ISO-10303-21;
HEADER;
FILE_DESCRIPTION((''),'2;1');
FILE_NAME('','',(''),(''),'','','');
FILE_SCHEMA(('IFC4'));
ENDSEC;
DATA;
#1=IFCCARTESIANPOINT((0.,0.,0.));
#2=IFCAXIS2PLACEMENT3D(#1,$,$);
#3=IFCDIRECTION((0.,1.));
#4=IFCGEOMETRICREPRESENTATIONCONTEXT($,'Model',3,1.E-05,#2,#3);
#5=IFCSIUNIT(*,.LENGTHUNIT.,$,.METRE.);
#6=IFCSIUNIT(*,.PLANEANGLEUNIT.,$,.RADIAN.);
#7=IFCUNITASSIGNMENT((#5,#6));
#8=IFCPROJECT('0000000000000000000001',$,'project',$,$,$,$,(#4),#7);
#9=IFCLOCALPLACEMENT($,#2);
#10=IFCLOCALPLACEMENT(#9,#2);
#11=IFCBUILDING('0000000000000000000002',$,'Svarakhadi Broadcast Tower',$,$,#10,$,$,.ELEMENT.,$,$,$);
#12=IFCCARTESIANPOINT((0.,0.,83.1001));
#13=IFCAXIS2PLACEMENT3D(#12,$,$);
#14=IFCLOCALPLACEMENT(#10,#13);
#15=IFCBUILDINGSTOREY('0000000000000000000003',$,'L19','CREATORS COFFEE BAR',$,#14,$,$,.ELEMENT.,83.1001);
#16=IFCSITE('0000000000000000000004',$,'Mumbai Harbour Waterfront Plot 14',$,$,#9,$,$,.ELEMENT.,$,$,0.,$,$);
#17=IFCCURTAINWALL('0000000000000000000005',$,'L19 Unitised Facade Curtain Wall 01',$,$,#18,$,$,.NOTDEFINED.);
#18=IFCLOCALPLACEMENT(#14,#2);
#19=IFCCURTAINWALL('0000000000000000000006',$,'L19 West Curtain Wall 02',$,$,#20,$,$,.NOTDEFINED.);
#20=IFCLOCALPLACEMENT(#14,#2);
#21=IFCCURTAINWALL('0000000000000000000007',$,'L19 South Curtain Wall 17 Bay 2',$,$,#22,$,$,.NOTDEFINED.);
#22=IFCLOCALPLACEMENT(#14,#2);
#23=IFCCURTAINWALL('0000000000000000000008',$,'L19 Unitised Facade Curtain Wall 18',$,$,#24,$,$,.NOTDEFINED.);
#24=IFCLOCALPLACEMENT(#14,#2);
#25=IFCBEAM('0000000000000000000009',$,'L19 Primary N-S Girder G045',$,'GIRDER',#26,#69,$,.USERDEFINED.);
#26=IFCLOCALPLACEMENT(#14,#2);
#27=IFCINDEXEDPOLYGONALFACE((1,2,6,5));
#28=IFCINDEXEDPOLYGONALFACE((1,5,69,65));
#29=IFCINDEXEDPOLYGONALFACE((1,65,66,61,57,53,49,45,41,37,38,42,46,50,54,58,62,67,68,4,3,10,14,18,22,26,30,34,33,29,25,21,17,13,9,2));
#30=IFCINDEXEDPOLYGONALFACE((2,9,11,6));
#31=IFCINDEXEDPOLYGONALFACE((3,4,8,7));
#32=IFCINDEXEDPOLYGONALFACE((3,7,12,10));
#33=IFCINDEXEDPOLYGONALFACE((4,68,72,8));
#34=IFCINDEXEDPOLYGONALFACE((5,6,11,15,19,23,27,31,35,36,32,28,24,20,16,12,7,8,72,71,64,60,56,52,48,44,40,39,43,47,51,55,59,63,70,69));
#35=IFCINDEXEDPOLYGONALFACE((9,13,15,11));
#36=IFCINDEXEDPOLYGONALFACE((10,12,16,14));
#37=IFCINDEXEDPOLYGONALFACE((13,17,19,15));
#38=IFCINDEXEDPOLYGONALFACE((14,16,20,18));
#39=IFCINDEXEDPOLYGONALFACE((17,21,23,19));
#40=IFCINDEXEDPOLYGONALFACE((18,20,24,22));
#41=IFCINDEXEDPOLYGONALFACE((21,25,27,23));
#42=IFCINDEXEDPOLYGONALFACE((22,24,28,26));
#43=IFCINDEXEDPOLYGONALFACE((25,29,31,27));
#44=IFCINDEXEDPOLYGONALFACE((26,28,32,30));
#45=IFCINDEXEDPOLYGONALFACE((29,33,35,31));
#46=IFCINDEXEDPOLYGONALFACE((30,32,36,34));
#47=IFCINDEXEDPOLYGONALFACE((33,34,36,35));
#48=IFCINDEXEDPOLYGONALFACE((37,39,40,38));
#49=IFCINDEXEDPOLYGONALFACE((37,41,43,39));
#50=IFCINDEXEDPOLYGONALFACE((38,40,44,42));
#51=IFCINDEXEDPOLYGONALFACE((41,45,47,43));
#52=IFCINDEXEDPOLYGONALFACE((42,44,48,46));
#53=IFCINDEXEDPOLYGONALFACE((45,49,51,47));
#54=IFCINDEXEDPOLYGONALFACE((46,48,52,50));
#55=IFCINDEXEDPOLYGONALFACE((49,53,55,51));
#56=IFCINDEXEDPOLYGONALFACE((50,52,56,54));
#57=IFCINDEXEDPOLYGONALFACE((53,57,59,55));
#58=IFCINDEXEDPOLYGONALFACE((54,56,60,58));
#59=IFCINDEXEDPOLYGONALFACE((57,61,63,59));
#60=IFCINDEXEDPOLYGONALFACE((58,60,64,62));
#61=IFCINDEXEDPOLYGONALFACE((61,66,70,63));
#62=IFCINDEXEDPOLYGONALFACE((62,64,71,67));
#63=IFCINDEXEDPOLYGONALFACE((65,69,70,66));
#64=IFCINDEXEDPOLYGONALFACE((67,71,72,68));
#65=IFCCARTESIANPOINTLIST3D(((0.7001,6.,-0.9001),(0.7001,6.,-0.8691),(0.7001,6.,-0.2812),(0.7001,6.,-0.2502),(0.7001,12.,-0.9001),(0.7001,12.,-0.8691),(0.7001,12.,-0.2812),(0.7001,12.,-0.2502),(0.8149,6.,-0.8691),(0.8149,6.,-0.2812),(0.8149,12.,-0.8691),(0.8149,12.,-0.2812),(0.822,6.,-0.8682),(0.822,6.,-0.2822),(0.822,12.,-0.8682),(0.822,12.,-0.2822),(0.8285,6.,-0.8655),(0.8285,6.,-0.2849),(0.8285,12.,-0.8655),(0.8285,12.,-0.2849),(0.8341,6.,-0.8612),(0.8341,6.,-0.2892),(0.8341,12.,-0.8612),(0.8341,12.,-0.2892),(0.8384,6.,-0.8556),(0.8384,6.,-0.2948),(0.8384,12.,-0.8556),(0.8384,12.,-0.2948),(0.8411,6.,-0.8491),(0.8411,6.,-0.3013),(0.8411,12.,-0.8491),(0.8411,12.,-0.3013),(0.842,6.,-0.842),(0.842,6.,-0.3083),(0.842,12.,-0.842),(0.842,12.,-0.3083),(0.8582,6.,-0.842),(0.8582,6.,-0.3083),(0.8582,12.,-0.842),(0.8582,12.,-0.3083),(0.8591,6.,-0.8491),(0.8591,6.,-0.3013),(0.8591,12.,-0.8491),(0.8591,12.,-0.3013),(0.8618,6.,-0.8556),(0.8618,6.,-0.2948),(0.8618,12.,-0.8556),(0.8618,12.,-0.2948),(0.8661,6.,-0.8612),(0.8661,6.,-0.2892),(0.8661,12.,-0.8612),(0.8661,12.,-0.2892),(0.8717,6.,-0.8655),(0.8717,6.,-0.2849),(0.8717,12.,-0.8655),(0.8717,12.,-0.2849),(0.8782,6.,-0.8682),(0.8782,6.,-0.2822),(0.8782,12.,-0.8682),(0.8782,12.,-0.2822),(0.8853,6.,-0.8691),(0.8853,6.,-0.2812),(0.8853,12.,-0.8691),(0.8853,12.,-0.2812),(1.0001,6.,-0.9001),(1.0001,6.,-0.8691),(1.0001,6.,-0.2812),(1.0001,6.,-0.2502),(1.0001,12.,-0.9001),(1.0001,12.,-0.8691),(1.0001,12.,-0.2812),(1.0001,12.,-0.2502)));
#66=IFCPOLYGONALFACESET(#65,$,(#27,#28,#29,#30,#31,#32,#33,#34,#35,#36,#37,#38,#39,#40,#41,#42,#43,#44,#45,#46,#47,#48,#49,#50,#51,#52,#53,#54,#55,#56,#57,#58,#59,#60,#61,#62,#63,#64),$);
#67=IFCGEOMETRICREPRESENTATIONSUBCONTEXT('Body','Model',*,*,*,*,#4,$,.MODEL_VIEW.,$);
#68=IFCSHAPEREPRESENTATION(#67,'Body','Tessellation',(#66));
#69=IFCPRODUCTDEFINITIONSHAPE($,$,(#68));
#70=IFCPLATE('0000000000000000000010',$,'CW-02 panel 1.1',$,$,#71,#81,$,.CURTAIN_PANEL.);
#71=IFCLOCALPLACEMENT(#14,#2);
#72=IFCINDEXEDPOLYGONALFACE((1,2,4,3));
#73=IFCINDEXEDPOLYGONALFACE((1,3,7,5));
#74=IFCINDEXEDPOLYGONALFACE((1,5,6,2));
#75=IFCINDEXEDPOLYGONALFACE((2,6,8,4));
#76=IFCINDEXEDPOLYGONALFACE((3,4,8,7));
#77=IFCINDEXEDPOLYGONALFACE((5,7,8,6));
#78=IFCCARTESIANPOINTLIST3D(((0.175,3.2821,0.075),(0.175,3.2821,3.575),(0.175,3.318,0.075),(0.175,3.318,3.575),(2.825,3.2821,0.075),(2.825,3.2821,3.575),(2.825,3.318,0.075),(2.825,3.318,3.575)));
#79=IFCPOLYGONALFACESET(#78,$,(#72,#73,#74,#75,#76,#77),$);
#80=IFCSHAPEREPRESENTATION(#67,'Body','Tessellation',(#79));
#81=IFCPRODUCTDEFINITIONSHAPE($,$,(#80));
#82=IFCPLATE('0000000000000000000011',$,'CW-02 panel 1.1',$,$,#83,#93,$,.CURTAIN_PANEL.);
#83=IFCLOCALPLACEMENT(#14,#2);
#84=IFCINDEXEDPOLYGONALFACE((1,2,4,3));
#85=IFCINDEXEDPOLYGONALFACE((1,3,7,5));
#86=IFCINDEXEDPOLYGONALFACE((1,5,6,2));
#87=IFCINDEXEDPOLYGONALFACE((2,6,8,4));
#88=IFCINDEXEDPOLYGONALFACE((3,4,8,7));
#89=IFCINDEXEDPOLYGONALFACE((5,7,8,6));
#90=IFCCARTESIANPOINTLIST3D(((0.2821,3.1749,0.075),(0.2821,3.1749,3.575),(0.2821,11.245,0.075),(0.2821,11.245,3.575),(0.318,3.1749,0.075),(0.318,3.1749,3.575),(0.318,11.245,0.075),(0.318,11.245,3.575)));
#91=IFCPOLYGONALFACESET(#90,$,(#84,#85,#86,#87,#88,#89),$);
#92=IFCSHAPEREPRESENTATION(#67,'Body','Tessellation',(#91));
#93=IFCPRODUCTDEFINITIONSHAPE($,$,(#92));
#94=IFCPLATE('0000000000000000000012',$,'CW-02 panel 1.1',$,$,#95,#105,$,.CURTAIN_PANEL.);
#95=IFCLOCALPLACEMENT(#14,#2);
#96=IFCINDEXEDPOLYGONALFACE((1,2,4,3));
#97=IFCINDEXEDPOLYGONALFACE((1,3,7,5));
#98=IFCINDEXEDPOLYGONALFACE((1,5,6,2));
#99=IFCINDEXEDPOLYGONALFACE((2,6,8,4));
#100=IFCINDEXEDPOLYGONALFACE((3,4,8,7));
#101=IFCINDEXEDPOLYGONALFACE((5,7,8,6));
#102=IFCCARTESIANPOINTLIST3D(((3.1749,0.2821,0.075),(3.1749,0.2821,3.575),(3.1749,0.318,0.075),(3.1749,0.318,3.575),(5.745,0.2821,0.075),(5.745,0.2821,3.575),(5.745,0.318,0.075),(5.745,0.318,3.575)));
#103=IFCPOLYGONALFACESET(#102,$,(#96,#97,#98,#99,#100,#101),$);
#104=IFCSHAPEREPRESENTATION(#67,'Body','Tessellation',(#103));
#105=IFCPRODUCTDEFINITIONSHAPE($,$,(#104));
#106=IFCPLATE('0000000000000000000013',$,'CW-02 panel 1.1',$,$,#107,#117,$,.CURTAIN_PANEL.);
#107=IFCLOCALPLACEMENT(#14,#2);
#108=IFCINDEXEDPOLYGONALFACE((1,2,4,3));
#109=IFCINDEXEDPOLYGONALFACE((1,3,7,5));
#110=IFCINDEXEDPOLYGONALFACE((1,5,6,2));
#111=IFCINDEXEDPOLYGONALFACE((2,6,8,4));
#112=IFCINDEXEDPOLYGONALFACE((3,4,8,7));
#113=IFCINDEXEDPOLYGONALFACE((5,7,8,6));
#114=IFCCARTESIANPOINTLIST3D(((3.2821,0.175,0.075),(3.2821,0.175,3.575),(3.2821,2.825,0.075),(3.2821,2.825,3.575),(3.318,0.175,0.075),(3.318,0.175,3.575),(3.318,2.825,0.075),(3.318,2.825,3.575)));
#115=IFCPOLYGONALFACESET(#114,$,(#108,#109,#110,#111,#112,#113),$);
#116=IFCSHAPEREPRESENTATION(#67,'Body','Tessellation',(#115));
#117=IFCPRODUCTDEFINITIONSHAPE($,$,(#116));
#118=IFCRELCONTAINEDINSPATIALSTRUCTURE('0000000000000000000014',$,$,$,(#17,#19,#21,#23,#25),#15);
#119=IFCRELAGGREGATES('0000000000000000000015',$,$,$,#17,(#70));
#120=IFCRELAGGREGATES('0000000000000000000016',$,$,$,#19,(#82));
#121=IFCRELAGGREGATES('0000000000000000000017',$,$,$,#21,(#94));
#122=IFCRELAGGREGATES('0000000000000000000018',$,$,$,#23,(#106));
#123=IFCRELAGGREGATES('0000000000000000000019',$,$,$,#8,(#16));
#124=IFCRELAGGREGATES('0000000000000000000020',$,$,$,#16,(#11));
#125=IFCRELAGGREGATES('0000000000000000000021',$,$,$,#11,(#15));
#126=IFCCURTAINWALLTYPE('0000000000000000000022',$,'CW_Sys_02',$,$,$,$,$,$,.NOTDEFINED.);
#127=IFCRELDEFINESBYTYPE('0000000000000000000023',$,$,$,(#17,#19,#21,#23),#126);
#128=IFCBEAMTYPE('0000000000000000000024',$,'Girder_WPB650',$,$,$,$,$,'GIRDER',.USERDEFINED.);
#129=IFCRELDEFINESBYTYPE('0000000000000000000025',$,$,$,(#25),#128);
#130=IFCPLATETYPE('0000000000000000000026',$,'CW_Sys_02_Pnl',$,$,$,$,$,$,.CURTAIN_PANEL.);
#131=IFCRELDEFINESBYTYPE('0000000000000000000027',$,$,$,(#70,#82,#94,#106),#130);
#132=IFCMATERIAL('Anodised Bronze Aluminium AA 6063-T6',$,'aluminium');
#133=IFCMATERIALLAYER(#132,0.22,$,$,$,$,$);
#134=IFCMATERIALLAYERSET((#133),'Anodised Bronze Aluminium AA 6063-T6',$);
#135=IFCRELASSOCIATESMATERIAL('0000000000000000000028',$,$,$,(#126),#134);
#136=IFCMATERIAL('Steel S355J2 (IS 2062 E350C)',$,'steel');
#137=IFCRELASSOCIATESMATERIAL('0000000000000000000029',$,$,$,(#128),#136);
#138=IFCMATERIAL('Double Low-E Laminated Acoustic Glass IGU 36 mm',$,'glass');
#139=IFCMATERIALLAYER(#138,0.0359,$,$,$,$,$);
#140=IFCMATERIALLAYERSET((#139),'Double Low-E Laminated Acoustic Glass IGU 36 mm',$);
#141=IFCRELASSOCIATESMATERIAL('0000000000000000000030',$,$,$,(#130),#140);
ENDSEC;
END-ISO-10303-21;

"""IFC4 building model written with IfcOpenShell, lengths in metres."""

from ifc_helpers import new_model, si_unit, direction, frame, origin, origin_2d, place, context, subcontext, project, spatial, rectangle, i_section, extrude, material, layer, layer_set, material_profile, profile_set, type_object, element, aggregate, save


model = new_model("IFC4")

# Units and contexts
model_context = context("Model", 3, precision=1e-05, world=origin(), true_north=direction((0.0, 1.0)))
body_context = subcontext(model_context, "Body", "Model", "MODEL_VIEW")
ifc_project = project(units=[si_unit("LENGTHUNIT", "METRE"), si_unit("PLANEANGLEUNIT", "RADIAN")], contexts=[model_context])

# Site, building, storey
site_placement = place(None, origin())
site = spatial("IfcSite", under=ifc_project, at=site_placement, Name="Mumbai Harbour Waterfront Plot 14", CompositionType="ELEMENT", RefElevation=0.0)
building_placement = place(site_placement, origin())
building = spatial("IfcBuilding", under=site, at=building_placement, Name="Svarakhadi Broadcast Tower", CompositionType="ELEMENT")
storey_placement = place(building_placement, frame((0.0, 0.0, 83.1001)))
storey = spatial("IfcBuildingStorey", under=building, at=storey_placement, Name="L19", Description="CREATORS COFFEE BAR", CompositionType="ELEMENT", Elevation=83.1001)

# Curtain wall
ifc_material_1 = material(Name="Anodised Bronze Aluminium AA 6063-T6", Category="aluminium")
ifc_layer_1 = layer(ifc_material_1, 0.22)
ifc_layer_set_1 = layer_set([ifc_layer_1], Name="Anodised Bronze Aluminium AA 6063-T6")
curtain_wall_type = type_object("IfcCurtainWallType", Name="CW_Sys_02", PredefinedType="NOTDEFINED", material=ifc_layer_set_1)
curtain_wall_1_placement = place(storey_placement, origin())
curtain_wall_1 = element("IfcCurtainWall", 1, at=curtain_wall_1_placement, inside=storey, type_object=curtain_wall_type, Name="L19 Unitised Facade Curtain Wall 01", PredefinedType="NOTDEFINED")

# Curtain wall
curtain_wall_2_placement = place(storey_placement, origin())
curtain_wall_2 = element("IfcCurtainWall", 2, at=curtain_wall_2_placement, inside=storey, type_object=curtain_wall_type, Name="L19 West Curtain Wall 02", PredefinedType="NOTDEFINED")

# Curtain walls
curtain_wall_3_placement = place(storey_placement, origin())
curtain_wall_3 = element("IfcCurtainWall", 3, at=curtain_wall_3_placement, inside=storey, type_object=curtain_wall_type, Name="L19 South Curtain Wall 17 Bay 2", PredefinedType="NOTDEFINED")
curtain_wall_4_placement = place(storey_placement, origin())
curtain_wall_4 = element("IfcCurtainWall", 4, at=curtain_wall_4_placement, inside=storey, type_object=curtain_wall_type, Name="L19 Unitised Facade Curtain Wall 18", PredefinedType="NOTDEFINED")

# Beam
ifc_material_2 = material(Name="Steel S355J2 (IS 2062 E350C)", Category="steel")
ifc_material_profile_1 = material_profile(ifc_material_2, i_section(OverallWidth=0.3, OverallDepth=0.6499, WebThickness=0.0161, FlangeThickness=0.031, FilletRadius=0.0271, at=origin_2d()), Name="WPB 650x300x225")
ifc_profile_set_1 = profile_set([ifc_material_profile_1], Name="Steel S355J2 (IS 2062 E350C)")
beam_type = type_object("IfcBeamType", Name="Girder_WPB650", ElementType="GIRDER", PredefinedType="USERDEFINED", material=ifc_profile_set_1)
beam_1_placement = place(storey_placement, frame((0.8501, 6.0, -0.5752), z_axis=(0.0, 1.0, 0.0), x_axis=(-1.0, 0.0, 0.0)))
element("IfcBeam", 5, at=beam_1_placement, inside=storey, type_object=beam_type, Name="L19 Primary N-S Girder G045", ObjectType="GIRDER", PredefinedType="USERDEFINED", context=body_context, shape_type="SweptSolid", body=[
    extrude(i_section(OverallWidth=0.3, OverallDepth=0.6499, WebThickness=0.0161, FlangeThickness=0.031, FilletRadius=0.0271, at=origin_2d()), origin(), (0.0, 0.0, 1.0), 6.0),
])

# Plates
ifc_material_3 = material(Name="Double Low-E Laminated Acoustic Glass IGU 36 mm", Category="glass")
ifc_layer_2 = layer(ifc_material_3, 0.0359)
ifc_layer_set_2 = layer_set([ifc_layer_2], Name="Double Low-E Laminated Acoustic Glass IGU 36 mm")
plate_type = type_object("IfcPlateType", Name="CW_Sys_02_Pnl", PredefinedType="CURTAIN_PANEL", material=ifc_layer_set_2)
plate_1_placement = place(storey_placement, frame((1.5, 3.3, 0.075), z_axis=(0.0, 0.0, 1.0), x_axis=(-1.0, 0.0, 0.0)))
plate_1 = element("IfcPlate", 6, at=plate_1_placement, type_object=plate_type, Name="CW-02 panel 1.1", PredefinedType="CURTAIN_PANEL", context=body_context, shape_type="SweptSolid", body=[
    extrude(rectangle(XDim=2.6499, YDim=0.0359, at=origin_2d()), origin(), (0.0, 0.0, 1.0), 3.5),
])
aggregate(curtain_wall_1, [plate_1])
plate_2_placement = place(storey_placement, frame((0.3, 7.21, 0.075), z_axis=(0.0, 0.0, 1.0), x_axis=(0.0, 1.0, 0.0)))
plate_2 = element("IfcPlate", 7, at=plate_2_placement, type_object=plate_type, Name="CW-02 panel 1.1", PredefinedType="CURTAIN_PANEL", context=body_context, shape_type="SweptSolid", body=[
    extrude(rectangle(XDim=8.0701, YDim=0.0359, at=origin_2d()), origin(), (0.0, 0.0, 1.0), 3.5),
])
aggregate(curtain_wall_2, [plate_2])
plate_3_placement = place(storey_placement, frame((4.46, 0.3, 0.075), z_axis=(0.0, 0.0, 1.0), x_axis=(-1.0, 0.0, 0.0)))
plate_3 = element("IfcPlate", 8, at=plate_3_placement, type_object=plate_type, Name="CW-02 panel 1.1", PredefinedType="CURTAIN_PANEL", context=body_context, shape_type="SweptSolid", body=[
    extrude(rectangle(XDim=2.5701, YDim=0.0359, at=origin_2d()), origin(), (0.0, 0.0, 1.0), 3.5),
])
aggregate(curtain_wall_3, [plate_3])
plate_4_placement = place(storey_placement, frame((3.3, 1.5, 0.075), z_axis=(0.0, 0.0, 1.0), x_axis=(0.0, 1.0, 0.0)))
plate_4 = element("IfcPlate", 9, at=plate_4_placement, type_object=plate_type, Name="CW-02 panel 1.1", PredefinedType="CURTAIN_PANEL", context=body_context, shape_type="SweptSolid", body=[
    extrude(rectangle(XDim=2.6499, YDim=0.0359, at=origin_2d()), origin(), (0.0, 0.0, 1.0), 3.5),
])
aggregate(curtain_wall_4, [plate_4])

save(model, "model.ifc")
